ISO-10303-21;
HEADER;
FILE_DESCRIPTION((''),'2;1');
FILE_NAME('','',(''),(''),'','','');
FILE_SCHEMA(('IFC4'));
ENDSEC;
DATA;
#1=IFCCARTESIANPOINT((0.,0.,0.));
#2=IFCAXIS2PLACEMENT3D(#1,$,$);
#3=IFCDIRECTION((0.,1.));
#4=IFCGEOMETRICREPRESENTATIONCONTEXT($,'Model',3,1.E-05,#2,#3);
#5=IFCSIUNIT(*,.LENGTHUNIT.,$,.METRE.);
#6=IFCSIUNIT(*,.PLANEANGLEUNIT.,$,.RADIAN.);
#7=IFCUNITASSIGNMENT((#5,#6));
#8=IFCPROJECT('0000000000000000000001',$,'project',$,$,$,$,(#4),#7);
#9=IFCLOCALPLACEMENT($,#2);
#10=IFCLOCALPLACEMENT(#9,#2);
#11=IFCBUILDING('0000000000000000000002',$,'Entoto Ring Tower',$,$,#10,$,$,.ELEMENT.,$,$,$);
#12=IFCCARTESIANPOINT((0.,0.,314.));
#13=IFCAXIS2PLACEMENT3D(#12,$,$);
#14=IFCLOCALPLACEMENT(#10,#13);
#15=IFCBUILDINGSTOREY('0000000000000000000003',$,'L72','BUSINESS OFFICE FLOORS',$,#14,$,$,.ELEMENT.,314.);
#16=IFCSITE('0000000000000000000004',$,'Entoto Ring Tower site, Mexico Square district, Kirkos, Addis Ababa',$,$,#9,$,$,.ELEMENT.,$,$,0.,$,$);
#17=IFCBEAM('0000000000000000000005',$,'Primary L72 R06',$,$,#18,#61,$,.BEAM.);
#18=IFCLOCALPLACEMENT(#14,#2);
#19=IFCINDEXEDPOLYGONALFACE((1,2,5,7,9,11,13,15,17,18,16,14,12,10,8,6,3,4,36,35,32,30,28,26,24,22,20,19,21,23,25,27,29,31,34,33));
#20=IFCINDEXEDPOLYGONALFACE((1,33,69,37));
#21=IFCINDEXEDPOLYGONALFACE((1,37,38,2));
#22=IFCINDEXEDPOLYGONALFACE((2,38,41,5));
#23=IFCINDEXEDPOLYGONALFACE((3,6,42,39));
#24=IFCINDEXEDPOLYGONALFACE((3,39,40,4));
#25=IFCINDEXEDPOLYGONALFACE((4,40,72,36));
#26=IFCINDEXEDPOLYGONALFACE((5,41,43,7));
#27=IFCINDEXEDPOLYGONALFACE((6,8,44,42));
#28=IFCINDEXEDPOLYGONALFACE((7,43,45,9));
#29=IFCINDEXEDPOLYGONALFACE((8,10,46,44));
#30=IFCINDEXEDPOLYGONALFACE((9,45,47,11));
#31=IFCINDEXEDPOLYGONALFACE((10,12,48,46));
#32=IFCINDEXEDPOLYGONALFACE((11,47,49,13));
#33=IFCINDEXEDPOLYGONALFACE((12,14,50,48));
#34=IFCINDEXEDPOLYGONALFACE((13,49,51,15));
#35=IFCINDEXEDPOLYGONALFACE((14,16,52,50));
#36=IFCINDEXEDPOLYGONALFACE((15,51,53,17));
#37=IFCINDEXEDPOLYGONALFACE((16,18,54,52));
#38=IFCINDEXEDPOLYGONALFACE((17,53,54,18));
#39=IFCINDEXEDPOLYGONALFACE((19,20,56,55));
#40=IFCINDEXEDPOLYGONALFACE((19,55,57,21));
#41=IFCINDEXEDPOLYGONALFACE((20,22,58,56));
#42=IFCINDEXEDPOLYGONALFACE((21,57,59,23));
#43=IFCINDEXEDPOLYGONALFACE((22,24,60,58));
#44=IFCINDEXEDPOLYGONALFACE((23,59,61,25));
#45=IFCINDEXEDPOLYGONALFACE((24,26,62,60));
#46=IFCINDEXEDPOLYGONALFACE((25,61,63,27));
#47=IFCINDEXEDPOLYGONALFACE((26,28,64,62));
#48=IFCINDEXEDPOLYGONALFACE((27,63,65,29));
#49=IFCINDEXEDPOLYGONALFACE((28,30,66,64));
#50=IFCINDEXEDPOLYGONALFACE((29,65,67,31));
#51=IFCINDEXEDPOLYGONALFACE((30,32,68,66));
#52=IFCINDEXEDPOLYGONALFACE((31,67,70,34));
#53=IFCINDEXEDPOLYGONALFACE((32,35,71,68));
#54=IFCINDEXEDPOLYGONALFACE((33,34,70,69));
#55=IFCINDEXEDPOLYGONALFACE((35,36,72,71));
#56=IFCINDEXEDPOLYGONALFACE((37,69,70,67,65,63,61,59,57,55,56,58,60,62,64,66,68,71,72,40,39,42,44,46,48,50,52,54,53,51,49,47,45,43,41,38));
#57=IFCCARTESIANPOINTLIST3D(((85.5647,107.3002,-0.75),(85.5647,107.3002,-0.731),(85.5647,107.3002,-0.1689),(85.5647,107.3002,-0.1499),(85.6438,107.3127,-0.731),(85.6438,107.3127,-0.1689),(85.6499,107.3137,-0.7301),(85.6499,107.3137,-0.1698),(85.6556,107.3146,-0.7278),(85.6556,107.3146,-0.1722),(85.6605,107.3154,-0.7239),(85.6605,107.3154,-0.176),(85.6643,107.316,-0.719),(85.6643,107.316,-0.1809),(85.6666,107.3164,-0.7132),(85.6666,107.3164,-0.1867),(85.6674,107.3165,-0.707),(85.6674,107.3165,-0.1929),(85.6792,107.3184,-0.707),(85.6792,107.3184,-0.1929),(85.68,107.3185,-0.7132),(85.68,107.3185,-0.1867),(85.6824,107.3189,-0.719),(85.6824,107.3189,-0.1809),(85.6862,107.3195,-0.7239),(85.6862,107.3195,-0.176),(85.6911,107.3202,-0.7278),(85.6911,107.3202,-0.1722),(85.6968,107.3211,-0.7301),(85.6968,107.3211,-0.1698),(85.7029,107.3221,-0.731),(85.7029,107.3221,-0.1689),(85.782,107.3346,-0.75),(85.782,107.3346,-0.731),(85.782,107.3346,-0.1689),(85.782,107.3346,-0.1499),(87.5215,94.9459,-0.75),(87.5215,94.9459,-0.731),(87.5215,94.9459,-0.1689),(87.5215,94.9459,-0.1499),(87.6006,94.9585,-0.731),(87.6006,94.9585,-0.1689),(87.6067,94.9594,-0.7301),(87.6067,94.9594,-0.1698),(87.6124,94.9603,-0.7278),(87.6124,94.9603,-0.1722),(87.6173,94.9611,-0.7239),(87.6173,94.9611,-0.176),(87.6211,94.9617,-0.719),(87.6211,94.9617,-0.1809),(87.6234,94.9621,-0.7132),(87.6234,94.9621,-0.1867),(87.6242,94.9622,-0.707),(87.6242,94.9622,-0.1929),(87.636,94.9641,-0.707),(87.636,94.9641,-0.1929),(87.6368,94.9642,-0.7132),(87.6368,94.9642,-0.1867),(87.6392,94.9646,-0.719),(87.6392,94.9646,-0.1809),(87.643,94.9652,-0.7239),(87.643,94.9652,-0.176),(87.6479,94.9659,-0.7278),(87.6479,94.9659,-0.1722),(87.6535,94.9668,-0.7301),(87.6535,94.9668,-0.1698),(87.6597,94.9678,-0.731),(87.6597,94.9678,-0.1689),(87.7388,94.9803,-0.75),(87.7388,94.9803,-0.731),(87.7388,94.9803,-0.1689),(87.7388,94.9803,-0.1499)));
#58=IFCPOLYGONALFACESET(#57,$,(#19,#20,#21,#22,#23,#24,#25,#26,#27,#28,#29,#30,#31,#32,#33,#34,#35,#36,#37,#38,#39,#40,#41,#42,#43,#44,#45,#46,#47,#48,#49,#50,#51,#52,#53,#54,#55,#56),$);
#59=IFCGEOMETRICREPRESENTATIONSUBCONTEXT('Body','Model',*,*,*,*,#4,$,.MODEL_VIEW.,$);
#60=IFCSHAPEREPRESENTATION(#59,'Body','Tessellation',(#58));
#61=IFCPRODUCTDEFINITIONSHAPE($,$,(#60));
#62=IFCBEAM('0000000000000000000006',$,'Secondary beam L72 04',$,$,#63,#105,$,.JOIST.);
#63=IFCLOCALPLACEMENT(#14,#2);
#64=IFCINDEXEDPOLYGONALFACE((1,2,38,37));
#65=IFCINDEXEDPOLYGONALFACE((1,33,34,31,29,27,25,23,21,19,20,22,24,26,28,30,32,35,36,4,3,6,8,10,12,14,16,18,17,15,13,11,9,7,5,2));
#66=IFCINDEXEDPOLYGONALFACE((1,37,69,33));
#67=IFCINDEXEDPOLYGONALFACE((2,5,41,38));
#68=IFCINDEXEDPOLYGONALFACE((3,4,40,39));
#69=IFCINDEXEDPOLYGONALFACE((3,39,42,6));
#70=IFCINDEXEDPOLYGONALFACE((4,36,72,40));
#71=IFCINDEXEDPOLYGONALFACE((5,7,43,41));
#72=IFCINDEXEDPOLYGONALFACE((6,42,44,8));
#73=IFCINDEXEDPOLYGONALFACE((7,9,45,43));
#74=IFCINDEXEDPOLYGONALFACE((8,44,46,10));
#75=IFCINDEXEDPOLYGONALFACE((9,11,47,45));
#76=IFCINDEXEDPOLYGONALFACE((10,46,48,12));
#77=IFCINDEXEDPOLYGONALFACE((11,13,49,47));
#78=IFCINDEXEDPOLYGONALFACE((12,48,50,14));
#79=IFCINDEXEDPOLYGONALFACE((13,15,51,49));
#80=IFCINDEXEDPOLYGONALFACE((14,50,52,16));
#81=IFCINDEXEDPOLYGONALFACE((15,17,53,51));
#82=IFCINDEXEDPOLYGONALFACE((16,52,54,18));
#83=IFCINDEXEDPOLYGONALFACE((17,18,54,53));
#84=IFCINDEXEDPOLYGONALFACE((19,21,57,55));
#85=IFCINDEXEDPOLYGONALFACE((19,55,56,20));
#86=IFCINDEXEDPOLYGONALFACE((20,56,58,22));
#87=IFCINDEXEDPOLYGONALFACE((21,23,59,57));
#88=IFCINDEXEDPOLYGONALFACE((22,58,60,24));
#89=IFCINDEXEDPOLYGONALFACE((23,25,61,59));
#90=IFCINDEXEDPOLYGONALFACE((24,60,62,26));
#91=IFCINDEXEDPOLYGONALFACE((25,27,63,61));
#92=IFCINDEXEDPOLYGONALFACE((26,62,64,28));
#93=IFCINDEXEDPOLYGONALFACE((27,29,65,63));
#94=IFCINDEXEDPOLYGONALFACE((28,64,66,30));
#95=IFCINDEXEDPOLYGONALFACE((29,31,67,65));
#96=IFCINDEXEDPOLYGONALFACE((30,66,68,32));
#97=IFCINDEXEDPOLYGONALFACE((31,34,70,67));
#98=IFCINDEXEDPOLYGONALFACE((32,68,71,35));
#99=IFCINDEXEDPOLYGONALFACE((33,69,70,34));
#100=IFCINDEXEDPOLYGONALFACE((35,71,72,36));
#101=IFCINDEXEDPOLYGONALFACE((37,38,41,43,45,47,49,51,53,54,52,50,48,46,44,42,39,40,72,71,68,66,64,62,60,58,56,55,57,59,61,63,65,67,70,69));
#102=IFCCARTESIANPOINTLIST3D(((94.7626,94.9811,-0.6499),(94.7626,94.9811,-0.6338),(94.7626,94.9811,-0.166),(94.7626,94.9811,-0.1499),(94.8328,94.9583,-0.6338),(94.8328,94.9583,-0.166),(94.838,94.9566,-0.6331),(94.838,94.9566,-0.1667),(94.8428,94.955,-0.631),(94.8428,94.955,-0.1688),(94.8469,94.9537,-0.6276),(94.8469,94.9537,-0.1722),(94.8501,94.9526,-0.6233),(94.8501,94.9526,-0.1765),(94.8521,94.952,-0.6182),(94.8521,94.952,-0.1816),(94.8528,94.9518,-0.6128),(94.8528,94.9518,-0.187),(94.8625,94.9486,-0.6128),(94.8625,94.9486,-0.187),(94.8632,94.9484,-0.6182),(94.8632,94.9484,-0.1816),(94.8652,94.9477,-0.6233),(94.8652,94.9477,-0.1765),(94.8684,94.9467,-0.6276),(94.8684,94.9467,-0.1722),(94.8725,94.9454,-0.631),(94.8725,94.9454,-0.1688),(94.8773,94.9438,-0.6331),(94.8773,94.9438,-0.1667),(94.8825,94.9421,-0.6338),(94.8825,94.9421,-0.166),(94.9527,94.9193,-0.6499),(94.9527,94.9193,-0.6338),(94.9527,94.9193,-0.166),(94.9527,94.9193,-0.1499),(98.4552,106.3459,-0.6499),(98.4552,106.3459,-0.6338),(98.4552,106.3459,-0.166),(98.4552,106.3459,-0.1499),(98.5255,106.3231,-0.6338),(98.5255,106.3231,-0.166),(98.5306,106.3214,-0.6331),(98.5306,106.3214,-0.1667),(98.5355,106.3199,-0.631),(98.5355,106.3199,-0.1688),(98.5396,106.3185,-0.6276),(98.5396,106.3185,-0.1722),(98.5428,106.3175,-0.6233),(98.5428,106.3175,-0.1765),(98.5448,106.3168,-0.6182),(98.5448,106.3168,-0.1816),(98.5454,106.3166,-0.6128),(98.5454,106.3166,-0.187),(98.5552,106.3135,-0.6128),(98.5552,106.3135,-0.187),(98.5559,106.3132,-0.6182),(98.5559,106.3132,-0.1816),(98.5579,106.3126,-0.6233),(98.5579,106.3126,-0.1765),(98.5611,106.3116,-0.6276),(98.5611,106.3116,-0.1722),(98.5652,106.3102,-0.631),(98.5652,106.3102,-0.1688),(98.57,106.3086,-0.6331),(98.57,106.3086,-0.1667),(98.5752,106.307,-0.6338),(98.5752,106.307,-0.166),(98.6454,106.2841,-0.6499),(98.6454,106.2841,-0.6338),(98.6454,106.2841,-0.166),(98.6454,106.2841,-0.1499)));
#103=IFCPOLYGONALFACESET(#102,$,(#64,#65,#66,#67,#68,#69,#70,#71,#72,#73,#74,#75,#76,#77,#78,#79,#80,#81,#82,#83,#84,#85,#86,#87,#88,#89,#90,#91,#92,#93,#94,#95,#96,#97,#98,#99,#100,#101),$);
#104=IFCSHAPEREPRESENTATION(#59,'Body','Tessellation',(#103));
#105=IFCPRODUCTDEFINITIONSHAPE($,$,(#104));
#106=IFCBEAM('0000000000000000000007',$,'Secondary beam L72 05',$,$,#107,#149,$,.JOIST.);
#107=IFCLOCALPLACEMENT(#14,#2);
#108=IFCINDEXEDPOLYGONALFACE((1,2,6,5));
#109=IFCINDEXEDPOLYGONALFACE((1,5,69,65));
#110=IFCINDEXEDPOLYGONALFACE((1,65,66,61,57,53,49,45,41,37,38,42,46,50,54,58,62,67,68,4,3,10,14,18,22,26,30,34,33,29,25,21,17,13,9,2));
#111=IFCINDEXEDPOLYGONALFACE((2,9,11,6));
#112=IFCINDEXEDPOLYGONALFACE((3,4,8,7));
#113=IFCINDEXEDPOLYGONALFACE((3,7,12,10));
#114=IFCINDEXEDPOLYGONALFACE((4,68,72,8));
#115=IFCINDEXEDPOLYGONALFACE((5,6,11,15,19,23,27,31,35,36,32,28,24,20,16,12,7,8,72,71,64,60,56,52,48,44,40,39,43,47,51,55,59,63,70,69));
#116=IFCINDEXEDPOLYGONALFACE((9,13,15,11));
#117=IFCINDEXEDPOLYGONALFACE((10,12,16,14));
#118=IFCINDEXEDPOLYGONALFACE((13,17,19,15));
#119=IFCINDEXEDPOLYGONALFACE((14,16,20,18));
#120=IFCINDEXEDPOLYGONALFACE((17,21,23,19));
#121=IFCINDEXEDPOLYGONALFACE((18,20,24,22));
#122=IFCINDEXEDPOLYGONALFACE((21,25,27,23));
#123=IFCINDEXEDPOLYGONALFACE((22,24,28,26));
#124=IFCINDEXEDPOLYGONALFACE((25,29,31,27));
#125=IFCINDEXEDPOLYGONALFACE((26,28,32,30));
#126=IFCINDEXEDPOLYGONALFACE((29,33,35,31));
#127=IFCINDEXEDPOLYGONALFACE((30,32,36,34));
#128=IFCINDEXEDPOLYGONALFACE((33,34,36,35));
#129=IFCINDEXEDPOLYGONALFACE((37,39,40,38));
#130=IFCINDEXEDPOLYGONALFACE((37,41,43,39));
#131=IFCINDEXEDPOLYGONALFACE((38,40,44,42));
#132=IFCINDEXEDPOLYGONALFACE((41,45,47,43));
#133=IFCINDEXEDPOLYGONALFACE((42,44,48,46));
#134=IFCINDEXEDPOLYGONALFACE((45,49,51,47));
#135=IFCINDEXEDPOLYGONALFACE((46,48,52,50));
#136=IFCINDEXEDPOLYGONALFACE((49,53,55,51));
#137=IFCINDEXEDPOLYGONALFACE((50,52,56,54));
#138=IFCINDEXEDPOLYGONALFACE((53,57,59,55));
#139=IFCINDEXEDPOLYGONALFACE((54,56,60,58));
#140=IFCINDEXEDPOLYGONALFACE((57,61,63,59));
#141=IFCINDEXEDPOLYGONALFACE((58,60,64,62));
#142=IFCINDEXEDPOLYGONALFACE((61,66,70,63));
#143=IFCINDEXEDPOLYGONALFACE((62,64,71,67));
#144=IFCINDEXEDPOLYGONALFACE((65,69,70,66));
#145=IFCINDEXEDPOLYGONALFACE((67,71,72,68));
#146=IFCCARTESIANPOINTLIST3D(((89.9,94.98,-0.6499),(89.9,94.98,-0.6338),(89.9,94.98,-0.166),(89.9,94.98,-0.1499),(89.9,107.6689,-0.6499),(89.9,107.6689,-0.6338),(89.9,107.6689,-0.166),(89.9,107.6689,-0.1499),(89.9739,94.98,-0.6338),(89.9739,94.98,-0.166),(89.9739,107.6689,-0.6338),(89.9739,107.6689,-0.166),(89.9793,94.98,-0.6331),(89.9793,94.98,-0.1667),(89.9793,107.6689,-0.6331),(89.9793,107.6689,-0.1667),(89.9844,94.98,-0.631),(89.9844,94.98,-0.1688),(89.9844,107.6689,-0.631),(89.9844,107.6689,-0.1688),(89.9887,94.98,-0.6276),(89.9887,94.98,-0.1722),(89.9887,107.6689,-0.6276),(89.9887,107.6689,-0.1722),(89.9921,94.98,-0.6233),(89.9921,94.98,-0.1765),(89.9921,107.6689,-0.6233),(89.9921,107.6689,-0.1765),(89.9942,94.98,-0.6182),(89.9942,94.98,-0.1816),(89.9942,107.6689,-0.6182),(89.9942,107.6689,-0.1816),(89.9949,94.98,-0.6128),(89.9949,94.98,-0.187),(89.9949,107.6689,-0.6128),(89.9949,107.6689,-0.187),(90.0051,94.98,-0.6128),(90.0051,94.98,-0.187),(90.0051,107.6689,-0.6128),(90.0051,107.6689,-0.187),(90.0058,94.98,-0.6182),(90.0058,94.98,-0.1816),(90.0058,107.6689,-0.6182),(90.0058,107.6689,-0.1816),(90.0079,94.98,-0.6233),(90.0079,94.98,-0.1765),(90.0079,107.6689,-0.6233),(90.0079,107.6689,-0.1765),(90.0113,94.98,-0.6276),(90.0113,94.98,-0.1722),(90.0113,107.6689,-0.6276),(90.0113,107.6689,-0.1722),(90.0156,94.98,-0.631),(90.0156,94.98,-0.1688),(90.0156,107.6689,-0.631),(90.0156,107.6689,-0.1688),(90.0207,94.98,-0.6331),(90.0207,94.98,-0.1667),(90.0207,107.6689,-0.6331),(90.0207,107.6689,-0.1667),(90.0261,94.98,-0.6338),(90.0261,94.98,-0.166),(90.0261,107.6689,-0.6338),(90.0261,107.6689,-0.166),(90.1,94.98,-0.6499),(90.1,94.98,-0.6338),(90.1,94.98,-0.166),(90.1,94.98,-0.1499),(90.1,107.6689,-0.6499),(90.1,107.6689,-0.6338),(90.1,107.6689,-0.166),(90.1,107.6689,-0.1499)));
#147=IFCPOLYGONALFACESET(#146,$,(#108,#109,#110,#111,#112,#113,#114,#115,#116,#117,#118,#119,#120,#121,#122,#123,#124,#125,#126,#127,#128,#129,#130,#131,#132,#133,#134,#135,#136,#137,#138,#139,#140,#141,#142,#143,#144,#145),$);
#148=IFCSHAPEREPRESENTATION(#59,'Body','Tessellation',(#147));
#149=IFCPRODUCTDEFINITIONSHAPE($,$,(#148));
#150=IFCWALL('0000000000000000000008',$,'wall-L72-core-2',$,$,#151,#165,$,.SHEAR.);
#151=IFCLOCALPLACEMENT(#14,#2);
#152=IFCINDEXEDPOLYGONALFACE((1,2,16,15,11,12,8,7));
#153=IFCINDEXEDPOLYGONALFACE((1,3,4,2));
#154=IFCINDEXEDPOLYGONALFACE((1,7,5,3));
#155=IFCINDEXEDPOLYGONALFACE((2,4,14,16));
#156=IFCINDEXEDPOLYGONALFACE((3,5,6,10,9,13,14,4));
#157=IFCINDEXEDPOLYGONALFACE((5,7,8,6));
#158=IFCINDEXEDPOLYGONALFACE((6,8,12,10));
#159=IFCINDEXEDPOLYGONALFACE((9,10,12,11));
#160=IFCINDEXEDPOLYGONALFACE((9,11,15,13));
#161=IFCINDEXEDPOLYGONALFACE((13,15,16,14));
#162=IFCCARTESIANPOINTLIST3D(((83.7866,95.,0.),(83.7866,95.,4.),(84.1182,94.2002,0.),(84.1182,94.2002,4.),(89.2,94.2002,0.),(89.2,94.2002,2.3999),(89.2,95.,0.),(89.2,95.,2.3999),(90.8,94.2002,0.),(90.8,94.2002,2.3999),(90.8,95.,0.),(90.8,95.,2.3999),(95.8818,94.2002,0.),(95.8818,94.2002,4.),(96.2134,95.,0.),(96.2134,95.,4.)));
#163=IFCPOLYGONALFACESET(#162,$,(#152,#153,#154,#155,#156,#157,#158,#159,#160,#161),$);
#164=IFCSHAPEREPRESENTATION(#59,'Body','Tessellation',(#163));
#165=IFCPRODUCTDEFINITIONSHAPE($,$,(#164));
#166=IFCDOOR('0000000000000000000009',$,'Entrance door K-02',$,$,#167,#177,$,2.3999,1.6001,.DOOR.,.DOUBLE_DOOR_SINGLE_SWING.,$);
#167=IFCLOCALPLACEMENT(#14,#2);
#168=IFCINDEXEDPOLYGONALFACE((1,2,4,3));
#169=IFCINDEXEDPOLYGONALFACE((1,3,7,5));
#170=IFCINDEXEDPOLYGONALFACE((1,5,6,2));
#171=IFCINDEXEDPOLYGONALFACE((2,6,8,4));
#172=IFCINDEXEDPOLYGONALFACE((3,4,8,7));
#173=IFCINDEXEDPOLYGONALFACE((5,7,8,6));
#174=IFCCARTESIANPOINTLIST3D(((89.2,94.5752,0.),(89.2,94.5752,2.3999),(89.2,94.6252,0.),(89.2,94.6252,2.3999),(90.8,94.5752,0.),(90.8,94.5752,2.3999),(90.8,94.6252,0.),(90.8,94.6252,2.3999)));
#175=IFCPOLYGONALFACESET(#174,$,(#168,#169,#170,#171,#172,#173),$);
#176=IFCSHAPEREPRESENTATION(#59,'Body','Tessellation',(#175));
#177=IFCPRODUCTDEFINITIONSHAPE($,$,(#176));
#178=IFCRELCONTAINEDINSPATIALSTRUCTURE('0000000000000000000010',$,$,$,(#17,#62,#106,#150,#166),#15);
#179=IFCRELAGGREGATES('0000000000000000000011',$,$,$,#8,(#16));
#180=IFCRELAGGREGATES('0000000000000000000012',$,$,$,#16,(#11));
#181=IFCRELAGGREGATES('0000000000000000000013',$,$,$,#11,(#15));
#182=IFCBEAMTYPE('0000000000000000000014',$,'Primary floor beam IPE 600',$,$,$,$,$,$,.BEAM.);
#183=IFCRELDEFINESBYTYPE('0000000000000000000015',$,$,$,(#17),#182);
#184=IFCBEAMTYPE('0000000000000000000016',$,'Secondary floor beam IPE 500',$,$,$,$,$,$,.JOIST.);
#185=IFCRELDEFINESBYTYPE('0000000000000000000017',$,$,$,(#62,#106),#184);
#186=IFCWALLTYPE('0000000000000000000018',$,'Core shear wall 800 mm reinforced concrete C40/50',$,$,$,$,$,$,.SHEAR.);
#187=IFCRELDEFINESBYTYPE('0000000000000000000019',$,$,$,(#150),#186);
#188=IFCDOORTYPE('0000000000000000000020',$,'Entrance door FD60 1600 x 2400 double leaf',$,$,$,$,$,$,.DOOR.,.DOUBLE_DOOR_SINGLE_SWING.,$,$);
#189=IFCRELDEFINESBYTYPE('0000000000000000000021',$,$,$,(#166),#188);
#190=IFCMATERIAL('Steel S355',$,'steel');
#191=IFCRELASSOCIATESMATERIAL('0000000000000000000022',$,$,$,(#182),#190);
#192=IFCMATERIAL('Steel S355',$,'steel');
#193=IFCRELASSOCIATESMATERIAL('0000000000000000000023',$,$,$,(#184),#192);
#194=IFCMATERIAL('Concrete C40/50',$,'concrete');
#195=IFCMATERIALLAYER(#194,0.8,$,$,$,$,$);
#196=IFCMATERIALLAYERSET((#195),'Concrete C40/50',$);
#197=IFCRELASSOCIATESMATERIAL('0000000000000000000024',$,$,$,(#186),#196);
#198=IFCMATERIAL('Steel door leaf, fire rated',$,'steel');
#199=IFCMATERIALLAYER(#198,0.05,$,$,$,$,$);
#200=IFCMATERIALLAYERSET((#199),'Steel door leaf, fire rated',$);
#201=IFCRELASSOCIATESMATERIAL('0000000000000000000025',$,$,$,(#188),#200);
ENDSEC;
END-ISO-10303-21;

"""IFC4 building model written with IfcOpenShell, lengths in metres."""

from ifc_helpers import new_model, si_unit, direction, frame, frame_2d, origin, origin_2d, place, context, subcontext, project, spatial, polyline, rectangle, i_section, outline, extrude, material, layer, layer_set, material_profile, profile_set, type_object, element, fill, save


model = new_model("IFC4")

# Units and contexts
model_context = context("Model", 3, precision=1e-05, world=origin(), true_north=direction((0.0, 1.0)))
body_context = subcontext(model_context, "Body", "Model", "MODEL_VIEW")
ifc_project = project(units=[si_unit("LENGTHUNIT", "METRE"), si_unit("PLANEANGLEUNIT", "RADIAN")], contexts=[model_context])

# Site, building, storey
site_placement = place(None, origin())
site = spatial("IfcSite", under=ifc_project, at=site_placement, Name="Entoto Ring Tower site, Mexico Square district, Kirkos, Addis Ababa", CompositionType="ELEMENT", RefElevation=0.0)
building_placement = place(site_placement, origin())
building = spatial("IfcBuilding", under=site, at=building_placement, Name="Entoto Ring Tower", CompositionType="ELEMENT")
storey_placement = place(building_placement, frame((0.0, 0.0, 314.0)))
storey = spatial("IfcBuildingStorey", under=building, at=storey_placement, Name="L72", Description="BUSINESS OFFICE FLOORS", CompositionType="ELEMENT", Elevation=314.0)

# Beams
ifc_material_1 = material(Name="Steel S355", Category="steel")
ifc_material_profile_1 = material_profile(ifc_material_1, i_section(OverallWidth=0.22, OverallDepth=0.6001, WebThickness=0.012, FlangeThickness=0.019, FilletRadius=0.0239, at=origin_2d()), Name="IPE 600")
ifc_profile_set_1 = profile_set([ifc_material_profile_1], Name="Steel S355")
beam_type_1 = type_object("IfcBeamType", Name="Primary floor beam IPE 600", PredefinedType="BEAM", material=ifc_profile_set_1)
for number, where, z_axis, x_axis, name in (
    (1, (87.6301, 94.9631, -0.45), (-0.15644, 0.987688, 0.0), (-0.987688, -0.15644, 0.0), "Primary L72 R06"),
):
    element("IfcBeam", number, at=place(storey_placement, frame(where, z_axis=z_axis, x_axis=x_axis)), inside=storey, type_object=beam_type_1, Name=name, PredefinedType="BEAM", context=body_context, shape_type="SweptSolid", body=[
        extrude(i_section(OverallWidth=0.22, OverallDepth=0.6001, WebThickness=0.012, FlangeThickness=0.019, FilletRadius=0.0239, at=origin_2d()), origin(), (0.0, 0.0, 1.0), 12.5083),
    ])
ifc_material_2 = material(Name="Steel S355", Category="steel")
ifc_material_profile_2 = material_profile(ifc_material_2, i_section(OverallWidth=0.2, OverallDepth=0.5, WebThickness=0.0103, FlangeThickness=0.0161, FilletRadius=0.021, at=origin_2d()), Name="IPE 500")
ifc_profile_set_2 = profile_set([ifc_material_profile_2], Name="Steel S355")
beam_type_2 = type_object("IfcBeamType", Name="Secondary floor beam IPE 500", PredefinedType="JOIST", material=ifc_profile_set_2)
beam_1_placement = place(storey_placement, frame((94.8577, 94.9502, -0.3999), z_axis=(0.309017, 0.951057, 0.0), x_axis=(-0.951057, 0.309017, 0.0)))
element("IfcBeam", 2, at=beam_1_placement, inside=storey, type_object=beam_type_2, Name="Secondary beam L72 04", PredefinedType="JOIST", context=body_context, shape_type="SweptSolid", body=[
    extrude(i_section(OverallWidth=0.2, OverallDepth=0.5, WebThickness=0.0103, FlangeThickness=0.0161, FilletRadius=0.021, at=origin_2d()), origin(), (0.0, 0.0, 1.0), 11.9497),
])
beam_2_placement = place(storey_placement, frame((90.0, 94.98, -0.3999), z_axis=(0.0, 1.0, 0.0), x_axis=(-1.0, 0.0, 0.0)))
element("IfcBeam", 3, at=beam_2_placement, inside=storey, type_object=beam_type_2, Name="Secondary beam L72 05", PredefinedType="JOIST", context=body_context, shape_type="SweptSolid", body=[
    extrude(i_section(OverallWidth=0.2, OverallDepth=0.5, WebThickness=0.0103, FlangeThickness=0.0161, FilletRadius=0.021, at=origin_2d()), origin(), (0.0, 0.0, 1.0), 12.689),
])

# Wall, opening, door
ifc_material_3 = material(Name="Concrete C40/50", Category="concrete")
ifc_layer_1 = layer(ifc_material_3, 0.8)
ifc_layer_set_1 = layer_set([ifc_layer_1], Name="Concrete C40/50")
wall_type_1 = type_object("IfcWallType", Name="Core shear wall 800 mm reinforced concrete C40/50", PredefinedType="SHEAR", material=ifc_layer_set_1)
wall_1_placement = place(storey_placement, frame((96.0476, 94.6001, 0.0), z_axis=(0.0, 0.0, 1.0), x_axis=(-1.0, 0.0, 0.0)))
wall_1 = element("IfcWall", 4, at=wall_1_placement, inside=storey, type_object=wall_type_1, Name="wall-L72-core-2", PredefinedType="SHEAR", context=body_context, shape_type="SweptSolid", body=[
    extrude(outline(polyline([(-0.1658, -0.3999), (12.261, -0.3999), (11.9294, 0.3999), (0.1658, 0.3999), (-0.1658, -0.3999)])), origin(), (0.0, 0.0, 1.0), 4.0),
])
opening_1_placement = place(wall_1_placement, frame((5.2476, 0.0, 0.0)))
opening_1 = element("IfcOpeningElement", 5, at=opening_1_placement, cuts=wall_1, PredefinedType="OPENING", context=body_context, shape_type="SweptSolid", body=[
    extrude(rectangle(XDim=1.6001, YDim=2.3999, at=frame_2d((0.8, 1.2))), frame((0.0, 0.4102, 0.0), z_axis=(0.0, -1.0, 0.0), x_axis=(1.0, 0.0, 0.0)), (0.0, 0.0, 1.0), 0.8201),
])
ifc_material_4 = material(Name="Steel door leaf, fire rated", Category="steel")
ifc_layer_2 = layer(ifc_material_4, 0.05)
ifc_layer_set_2 = layer_set([ifc_layer_2], Name="Steel door leaf, fire rated")
door_type_1 = type_object("IfcDoorType", Name="Entrance door FD60 1600 x 2400 double leaf", OperationType="DOUBLE_DOOR_SINGLE_SWING", PredefinedType="DOOR", material=ifc_layer_set_2)
door_1_placement = place(opening_1_placement, origin())
door_1 = element("IfcDoor", 6, at=door_1_placement, inside=storey, type_object=door_type_1, Name="Entrance door K-02", OperationType="DOUBLE_DOOR_SINGLE_SWING", OverallHeight=2.3999, OverallWidth=1.6001, PredefinedType="DOOR", context=body_context, shape_type="SweptSolid", body=[
    extrude(rectangle(XDim=1.6001, YDim=2.3999, at=frame_2d((0.8, 1.2))), frame((0.0, 0.0249, 0.0), z_axis=(0.0, -1.0, 0.0), x_axis=(1.0, 0.0, 0.0)), (0.0, 0.0, 1.0), 0.05),
])
fill(opening_1, door_1)

save(model, "model.ifc")
